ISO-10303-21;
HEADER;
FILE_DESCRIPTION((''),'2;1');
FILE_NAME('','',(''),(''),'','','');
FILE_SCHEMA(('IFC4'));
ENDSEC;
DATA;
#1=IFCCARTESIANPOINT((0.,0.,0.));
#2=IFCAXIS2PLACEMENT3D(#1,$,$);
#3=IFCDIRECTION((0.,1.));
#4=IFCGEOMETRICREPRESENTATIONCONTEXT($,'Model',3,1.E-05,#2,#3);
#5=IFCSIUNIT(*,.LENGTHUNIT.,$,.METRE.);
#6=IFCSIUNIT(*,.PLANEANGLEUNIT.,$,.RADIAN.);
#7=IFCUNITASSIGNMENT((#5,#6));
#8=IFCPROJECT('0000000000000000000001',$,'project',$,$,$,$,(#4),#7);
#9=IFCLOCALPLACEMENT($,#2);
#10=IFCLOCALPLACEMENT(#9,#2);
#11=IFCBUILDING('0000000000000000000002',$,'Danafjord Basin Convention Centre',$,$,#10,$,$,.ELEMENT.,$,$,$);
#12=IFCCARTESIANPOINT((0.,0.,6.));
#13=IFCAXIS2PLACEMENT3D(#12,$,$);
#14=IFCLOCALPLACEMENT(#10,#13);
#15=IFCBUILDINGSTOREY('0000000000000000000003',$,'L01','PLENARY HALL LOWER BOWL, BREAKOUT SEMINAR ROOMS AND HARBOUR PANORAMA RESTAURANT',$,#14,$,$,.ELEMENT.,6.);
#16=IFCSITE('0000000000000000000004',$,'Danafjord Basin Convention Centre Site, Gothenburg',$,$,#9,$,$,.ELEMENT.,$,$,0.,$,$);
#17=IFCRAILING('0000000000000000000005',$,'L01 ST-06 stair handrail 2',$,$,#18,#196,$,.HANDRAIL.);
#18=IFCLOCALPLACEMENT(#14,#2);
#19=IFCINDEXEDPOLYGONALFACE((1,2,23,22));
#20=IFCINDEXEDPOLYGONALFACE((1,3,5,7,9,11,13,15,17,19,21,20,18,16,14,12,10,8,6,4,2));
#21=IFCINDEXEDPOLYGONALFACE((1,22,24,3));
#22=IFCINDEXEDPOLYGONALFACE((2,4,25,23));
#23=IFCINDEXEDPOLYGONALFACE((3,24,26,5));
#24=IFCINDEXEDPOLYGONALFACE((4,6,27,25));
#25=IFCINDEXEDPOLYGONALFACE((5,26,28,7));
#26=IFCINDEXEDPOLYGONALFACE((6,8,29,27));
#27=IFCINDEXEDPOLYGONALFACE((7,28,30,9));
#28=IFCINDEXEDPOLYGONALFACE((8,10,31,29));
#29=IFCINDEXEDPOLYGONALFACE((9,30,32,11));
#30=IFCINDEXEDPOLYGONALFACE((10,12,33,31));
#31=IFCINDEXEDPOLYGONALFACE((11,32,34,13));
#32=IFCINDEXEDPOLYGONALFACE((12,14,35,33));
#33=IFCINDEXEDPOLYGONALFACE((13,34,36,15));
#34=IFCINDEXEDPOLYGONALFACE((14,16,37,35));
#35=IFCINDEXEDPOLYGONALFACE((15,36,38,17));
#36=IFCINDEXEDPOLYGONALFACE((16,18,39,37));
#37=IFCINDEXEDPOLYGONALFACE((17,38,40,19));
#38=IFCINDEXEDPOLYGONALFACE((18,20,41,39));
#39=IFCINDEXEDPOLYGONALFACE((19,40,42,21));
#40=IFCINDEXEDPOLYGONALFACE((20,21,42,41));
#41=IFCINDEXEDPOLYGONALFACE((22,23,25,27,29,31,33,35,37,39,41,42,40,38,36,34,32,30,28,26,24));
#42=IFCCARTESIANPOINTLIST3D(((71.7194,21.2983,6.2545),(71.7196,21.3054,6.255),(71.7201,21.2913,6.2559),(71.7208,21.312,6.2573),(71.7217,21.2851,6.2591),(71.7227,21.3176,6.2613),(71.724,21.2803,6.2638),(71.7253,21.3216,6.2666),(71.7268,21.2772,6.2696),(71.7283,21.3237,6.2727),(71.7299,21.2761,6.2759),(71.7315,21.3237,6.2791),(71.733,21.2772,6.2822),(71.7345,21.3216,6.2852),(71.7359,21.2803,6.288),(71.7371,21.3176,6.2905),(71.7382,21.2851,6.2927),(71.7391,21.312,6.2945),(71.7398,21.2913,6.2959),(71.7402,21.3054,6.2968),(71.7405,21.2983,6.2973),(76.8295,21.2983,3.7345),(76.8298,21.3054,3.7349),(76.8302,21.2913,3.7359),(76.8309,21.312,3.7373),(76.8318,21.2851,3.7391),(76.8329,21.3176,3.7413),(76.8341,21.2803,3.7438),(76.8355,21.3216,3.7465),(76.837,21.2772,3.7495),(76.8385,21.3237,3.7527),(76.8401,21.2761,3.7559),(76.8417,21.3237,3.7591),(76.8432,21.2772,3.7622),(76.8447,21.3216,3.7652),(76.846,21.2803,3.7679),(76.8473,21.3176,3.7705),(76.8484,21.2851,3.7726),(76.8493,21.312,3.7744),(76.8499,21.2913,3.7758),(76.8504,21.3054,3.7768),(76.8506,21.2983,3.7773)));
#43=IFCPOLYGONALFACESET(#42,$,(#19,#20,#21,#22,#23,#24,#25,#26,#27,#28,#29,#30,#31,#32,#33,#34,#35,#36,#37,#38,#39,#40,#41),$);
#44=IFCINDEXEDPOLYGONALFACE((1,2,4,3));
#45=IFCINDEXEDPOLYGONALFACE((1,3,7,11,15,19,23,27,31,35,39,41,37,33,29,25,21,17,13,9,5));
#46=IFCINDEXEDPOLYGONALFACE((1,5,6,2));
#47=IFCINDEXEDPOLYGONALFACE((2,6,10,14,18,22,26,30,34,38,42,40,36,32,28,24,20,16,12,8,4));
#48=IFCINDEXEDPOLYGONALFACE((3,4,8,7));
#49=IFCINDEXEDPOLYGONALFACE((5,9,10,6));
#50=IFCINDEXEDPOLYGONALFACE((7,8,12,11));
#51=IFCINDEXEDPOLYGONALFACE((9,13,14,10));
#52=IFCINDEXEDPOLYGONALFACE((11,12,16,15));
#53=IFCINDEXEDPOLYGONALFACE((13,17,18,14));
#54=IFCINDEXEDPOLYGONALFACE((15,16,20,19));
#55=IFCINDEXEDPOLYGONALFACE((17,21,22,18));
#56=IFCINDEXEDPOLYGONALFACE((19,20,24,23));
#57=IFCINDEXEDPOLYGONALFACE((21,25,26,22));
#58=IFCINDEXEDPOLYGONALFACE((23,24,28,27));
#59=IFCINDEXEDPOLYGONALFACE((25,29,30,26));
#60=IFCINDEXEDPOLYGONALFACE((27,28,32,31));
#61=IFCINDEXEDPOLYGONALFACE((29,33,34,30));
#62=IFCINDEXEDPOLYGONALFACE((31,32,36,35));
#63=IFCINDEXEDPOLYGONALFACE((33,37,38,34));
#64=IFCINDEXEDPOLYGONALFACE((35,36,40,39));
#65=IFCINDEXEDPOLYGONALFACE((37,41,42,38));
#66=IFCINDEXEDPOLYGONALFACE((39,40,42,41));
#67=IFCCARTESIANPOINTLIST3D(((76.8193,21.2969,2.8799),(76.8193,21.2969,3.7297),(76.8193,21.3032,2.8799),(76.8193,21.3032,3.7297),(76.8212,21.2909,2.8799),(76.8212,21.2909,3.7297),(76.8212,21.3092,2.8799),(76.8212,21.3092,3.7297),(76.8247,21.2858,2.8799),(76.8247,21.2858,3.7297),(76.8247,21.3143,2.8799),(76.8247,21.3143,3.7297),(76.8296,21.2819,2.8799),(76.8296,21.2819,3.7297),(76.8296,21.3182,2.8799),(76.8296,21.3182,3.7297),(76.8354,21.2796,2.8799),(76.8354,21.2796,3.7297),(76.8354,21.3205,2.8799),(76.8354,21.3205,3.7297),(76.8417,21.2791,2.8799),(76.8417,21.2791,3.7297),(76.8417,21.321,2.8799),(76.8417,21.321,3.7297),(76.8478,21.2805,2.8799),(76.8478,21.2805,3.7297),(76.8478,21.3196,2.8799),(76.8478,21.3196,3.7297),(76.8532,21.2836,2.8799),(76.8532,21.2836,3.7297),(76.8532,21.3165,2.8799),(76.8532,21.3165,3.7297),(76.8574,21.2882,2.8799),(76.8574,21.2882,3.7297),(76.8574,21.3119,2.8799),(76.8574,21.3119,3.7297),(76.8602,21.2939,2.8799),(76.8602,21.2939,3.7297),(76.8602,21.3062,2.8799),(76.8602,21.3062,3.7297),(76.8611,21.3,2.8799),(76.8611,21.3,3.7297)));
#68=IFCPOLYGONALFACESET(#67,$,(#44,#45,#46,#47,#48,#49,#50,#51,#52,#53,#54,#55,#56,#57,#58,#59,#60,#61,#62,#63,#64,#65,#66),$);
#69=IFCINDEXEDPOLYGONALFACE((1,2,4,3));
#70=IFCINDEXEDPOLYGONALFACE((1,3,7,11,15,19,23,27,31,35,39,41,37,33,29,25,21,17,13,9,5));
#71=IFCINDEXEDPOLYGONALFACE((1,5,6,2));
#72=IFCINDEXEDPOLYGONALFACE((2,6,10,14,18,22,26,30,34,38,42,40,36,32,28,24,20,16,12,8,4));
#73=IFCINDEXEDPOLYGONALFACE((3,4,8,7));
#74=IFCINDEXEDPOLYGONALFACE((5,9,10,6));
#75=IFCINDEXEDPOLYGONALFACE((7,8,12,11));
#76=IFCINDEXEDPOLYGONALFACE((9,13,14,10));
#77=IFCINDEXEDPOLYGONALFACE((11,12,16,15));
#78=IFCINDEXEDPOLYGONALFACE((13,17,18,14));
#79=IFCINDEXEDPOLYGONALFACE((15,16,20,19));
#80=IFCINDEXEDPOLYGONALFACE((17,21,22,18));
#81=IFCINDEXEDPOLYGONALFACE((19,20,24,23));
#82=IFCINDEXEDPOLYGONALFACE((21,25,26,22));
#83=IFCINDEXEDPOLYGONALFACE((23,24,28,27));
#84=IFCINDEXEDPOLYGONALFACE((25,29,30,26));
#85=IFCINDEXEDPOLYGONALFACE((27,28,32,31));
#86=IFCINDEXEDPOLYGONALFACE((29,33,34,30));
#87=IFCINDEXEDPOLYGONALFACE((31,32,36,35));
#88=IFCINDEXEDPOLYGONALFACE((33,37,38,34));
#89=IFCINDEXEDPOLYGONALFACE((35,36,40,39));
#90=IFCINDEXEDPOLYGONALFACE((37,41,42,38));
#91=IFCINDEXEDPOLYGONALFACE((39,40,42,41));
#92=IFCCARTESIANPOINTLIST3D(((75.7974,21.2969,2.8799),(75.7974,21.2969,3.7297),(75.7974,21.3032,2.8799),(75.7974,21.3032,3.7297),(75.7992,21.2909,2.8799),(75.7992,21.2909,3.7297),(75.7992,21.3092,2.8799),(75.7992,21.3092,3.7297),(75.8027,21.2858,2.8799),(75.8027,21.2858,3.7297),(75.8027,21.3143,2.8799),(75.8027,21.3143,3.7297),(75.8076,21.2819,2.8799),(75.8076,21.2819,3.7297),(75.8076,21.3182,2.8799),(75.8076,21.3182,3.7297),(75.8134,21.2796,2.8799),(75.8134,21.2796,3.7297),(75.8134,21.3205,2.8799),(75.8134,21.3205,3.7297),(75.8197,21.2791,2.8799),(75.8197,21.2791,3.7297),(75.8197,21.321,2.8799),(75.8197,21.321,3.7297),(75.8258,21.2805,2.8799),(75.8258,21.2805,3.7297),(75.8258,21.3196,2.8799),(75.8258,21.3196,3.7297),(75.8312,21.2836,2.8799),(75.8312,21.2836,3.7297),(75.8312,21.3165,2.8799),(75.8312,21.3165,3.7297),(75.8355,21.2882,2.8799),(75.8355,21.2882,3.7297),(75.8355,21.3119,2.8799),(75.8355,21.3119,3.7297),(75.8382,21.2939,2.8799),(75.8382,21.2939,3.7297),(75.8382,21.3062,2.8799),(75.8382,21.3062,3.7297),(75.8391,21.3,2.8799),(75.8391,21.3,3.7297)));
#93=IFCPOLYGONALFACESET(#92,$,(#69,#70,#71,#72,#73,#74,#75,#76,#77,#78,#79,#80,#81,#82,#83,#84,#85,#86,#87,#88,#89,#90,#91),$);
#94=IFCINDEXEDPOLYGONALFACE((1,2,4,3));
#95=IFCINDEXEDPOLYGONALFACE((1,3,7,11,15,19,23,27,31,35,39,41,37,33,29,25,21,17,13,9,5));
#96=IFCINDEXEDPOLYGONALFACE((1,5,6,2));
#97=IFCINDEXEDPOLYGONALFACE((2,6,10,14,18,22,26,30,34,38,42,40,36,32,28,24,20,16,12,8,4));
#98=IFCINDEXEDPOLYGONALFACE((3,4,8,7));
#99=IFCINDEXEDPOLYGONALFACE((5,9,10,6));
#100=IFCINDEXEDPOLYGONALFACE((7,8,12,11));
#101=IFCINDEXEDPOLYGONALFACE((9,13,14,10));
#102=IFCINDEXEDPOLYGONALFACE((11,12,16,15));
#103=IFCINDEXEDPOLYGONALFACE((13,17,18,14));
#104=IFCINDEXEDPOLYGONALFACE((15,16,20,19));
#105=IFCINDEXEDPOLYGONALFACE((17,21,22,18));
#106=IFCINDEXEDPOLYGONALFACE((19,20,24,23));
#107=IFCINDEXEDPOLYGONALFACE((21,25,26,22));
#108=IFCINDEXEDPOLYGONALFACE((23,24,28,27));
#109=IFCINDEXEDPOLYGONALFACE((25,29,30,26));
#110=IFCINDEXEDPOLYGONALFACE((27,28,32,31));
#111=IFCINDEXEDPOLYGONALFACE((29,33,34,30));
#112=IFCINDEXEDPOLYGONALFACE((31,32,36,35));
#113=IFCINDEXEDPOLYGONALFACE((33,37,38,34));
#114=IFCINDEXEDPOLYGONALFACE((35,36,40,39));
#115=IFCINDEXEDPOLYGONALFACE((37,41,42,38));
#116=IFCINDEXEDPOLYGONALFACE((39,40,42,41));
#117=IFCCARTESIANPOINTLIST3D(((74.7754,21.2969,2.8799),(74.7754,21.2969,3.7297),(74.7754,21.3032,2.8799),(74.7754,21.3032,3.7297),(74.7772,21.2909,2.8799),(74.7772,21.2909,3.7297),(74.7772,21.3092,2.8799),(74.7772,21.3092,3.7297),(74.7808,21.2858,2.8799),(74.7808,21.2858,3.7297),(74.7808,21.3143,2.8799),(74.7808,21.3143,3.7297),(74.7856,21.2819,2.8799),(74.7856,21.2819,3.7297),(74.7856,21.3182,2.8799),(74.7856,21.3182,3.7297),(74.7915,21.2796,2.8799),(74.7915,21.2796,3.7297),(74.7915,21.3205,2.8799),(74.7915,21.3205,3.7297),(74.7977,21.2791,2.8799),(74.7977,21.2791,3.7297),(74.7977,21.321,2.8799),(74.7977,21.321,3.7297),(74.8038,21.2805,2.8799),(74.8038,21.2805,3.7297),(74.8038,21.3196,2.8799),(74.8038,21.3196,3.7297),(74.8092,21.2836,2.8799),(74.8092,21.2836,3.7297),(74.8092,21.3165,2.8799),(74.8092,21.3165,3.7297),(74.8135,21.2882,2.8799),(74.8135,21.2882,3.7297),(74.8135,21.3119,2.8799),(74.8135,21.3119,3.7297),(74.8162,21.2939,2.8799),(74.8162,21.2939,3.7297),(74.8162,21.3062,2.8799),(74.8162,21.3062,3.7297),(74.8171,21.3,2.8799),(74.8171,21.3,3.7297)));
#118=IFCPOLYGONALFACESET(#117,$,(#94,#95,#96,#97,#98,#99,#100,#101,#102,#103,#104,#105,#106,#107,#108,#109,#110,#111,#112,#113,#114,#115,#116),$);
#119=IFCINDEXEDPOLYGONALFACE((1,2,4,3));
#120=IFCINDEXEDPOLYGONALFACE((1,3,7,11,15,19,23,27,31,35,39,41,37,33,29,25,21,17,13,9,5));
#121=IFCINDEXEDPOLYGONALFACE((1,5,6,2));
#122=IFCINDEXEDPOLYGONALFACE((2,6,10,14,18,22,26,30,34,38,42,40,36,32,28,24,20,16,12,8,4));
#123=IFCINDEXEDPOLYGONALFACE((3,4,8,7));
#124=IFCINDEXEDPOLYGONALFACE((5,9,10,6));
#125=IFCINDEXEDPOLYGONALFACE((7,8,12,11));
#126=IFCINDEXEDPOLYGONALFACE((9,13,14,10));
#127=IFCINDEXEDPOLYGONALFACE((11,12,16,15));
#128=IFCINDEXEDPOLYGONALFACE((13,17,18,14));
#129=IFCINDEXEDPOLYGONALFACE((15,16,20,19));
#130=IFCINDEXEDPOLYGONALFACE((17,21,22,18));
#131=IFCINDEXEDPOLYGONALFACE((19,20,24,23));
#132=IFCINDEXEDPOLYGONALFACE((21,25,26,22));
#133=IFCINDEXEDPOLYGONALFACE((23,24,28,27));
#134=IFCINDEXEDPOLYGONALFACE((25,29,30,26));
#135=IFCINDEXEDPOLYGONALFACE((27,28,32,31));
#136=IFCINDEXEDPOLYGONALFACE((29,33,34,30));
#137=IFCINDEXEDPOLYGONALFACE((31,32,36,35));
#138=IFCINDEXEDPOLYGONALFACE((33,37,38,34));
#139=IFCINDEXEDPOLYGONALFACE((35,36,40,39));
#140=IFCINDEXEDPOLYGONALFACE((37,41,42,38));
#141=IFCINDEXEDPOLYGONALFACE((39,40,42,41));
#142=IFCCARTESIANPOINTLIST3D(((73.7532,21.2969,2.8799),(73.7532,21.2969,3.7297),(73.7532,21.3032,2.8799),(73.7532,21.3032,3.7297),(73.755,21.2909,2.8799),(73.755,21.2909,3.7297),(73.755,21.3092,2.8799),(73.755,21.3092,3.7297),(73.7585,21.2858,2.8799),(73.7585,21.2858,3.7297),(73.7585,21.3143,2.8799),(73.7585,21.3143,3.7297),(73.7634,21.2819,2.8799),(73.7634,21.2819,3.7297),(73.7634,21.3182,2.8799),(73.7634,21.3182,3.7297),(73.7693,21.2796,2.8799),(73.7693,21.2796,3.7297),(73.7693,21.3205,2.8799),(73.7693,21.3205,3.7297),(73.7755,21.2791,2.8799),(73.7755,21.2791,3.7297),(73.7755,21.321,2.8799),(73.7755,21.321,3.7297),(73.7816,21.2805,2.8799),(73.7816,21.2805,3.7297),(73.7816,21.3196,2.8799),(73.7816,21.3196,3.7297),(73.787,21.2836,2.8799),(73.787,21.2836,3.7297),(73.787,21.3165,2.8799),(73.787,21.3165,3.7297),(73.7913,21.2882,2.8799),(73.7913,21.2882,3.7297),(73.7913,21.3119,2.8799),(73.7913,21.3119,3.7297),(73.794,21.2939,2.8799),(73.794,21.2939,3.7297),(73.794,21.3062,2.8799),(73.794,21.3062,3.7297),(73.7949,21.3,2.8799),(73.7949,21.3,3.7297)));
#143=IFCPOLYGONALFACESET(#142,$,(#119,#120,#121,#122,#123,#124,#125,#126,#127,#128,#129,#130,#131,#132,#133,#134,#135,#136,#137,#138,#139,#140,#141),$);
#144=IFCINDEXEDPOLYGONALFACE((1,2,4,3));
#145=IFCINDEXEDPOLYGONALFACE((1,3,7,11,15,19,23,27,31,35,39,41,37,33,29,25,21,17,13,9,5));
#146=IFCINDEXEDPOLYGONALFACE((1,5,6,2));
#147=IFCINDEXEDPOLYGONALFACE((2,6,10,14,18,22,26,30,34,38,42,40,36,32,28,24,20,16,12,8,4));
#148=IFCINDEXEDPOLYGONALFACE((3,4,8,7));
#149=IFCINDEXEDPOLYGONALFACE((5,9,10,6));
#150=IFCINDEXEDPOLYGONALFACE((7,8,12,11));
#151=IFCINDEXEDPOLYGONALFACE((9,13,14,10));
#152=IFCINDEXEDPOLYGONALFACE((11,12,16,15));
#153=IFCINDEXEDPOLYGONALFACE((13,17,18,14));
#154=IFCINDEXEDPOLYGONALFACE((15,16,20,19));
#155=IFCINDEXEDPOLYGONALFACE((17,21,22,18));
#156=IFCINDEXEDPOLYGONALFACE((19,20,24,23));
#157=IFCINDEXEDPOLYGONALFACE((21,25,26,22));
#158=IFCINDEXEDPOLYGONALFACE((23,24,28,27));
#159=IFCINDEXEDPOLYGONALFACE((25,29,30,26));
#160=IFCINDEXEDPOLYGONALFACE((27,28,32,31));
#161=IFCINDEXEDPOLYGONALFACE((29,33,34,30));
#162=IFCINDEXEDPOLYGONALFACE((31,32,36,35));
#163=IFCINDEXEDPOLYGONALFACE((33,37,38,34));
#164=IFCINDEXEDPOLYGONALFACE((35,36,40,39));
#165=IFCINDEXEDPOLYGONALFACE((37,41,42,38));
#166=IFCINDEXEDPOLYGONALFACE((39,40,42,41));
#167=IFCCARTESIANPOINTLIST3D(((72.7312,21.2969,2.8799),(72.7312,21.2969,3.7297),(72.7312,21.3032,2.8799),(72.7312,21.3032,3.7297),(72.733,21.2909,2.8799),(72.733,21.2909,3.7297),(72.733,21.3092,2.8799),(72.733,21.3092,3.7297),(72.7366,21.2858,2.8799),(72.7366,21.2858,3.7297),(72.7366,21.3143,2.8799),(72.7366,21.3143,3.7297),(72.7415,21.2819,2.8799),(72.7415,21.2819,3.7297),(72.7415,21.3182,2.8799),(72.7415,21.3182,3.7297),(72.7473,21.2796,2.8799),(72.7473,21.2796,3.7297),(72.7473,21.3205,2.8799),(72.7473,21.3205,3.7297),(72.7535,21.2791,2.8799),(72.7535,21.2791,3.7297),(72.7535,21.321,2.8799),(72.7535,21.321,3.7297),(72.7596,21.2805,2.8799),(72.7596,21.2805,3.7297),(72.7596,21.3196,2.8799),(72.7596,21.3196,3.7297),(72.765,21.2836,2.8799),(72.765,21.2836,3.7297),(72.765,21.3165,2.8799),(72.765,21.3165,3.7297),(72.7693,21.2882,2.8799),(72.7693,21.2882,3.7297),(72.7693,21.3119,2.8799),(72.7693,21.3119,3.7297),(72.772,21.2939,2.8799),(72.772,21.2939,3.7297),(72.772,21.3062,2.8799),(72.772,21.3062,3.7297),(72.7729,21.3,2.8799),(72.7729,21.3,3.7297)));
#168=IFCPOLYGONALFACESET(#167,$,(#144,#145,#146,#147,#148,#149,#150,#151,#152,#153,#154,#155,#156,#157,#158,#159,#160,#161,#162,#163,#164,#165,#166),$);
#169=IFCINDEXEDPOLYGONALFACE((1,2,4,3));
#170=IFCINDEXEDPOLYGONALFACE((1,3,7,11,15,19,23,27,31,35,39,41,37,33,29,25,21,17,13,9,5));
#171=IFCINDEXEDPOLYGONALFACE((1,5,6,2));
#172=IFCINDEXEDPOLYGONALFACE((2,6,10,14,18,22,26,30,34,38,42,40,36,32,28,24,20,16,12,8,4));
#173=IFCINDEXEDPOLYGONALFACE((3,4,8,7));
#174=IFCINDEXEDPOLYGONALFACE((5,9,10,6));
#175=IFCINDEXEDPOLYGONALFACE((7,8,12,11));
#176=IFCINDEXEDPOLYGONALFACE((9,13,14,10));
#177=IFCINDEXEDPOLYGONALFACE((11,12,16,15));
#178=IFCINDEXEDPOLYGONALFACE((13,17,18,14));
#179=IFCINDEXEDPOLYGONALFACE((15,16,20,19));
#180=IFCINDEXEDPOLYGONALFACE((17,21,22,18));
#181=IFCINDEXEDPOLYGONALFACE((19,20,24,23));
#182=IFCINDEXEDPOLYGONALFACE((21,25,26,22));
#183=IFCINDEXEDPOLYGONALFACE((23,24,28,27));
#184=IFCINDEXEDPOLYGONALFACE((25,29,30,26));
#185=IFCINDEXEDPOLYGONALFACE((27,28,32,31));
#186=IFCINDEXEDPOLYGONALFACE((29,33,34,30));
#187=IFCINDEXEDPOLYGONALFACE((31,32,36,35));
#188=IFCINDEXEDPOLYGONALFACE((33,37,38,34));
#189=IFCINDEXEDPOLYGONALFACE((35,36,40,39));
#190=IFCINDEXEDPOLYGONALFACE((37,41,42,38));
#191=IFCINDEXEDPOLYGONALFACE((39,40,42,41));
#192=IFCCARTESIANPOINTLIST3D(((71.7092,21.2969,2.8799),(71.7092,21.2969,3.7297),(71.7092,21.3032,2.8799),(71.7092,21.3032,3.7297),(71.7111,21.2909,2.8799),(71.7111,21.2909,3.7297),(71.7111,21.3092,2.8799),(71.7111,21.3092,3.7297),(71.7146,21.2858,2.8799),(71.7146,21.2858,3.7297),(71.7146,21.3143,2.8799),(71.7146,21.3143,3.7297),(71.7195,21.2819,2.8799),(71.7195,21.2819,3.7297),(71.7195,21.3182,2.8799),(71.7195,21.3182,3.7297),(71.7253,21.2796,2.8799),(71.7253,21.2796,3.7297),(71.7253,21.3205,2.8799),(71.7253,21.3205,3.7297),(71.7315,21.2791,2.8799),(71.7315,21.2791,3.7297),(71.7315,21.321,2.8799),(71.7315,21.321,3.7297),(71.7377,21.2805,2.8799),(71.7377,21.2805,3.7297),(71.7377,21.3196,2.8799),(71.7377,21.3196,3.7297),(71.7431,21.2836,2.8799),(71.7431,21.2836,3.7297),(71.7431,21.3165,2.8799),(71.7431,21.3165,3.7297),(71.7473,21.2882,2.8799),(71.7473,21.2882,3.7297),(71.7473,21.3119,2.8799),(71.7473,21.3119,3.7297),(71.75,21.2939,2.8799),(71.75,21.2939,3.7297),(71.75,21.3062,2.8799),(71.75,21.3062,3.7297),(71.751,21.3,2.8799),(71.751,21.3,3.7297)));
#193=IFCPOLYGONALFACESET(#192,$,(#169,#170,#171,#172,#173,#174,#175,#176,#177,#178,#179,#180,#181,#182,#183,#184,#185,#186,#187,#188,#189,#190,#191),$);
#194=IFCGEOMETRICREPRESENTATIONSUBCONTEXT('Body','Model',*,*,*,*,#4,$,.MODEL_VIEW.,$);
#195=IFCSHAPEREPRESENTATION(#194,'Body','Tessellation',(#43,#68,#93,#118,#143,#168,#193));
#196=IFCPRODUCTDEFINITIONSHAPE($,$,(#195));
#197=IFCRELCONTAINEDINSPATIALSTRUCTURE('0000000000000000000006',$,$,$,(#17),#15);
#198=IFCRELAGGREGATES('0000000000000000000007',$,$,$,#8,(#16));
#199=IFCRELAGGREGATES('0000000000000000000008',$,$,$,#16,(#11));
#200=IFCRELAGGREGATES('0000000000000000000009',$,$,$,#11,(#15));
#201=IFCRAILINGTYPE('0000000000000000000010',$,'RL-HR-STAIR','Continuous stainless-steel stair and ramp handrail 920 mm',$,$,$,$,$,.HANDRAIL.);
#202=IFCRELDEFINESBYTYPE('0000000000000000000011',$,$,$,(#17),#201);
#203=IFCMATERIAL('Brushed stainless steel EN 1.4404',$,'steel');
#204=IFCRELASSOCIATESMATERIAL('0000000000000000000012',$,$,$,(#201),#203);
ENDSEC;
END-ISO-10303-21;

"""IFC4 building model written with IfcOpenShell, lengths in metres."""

from ifc_helpers import new_model, si_unit, direction, frame, origin, origin_2d, place, context, subcontext, project, spatial, circle, extrude, material, type_object, element, save


model = new_model("IFC4")

# Units and contexts
model_context = context("Model", 3, precision=1e-05, world=origin(), true_north=direction((0.0, 1.0)))
body_context = subcontext(model_context, "Body", "Model", "MODEL_VIEW")
ifc_project = project(units=[si_unit("LENGTHUNIT", "METRE"), si_unit("PLANEANGLEUNIT", "RADIAN")], contexts=[model_context])

# Site, building, storey
site_placement = place(None, origin())
site = spatial("IfcSite", under=ifc_project, at=site_placement, Name="Danafjord Basin Convention Centre Site, Gothenburg", CompositionType="ELEMENT", RefElevation=0.0)
building_placement = place(site_placement, origin())
building = spatial("IfcBuilding", under=site, at=building_placement, Name="Danafjord Basin Convention Centre", CompositionType="ELEMENT")
storey_placement = place(building_placement, frame((0.0, 0.0, 6.0)))
storey = spatial("IfcBuildingStorey", under=building, at=storey_placement, Name="L01", Description="PLENARY HALL LOWER BOWL, BREAKOUT SEMINAR ROOMS AND HARBOUR PANORAMA RESTAURANT", CompositionType="ELEMENT", Elevation=6.0)

# Railing
ifc_material_1 = material(Name="Brushed stainless steel EN 1.4404", Category="steel")
railing_type_1 = type_object("IfcRailingType", Name="RL-HR-STAIR", Description="Continuous stainless-steel stair and ramp handrail 920 mm", PredefinedType="HANDRAIL", material=ifc_material_1)
railing_1_placement = place(storey_placement, frame((76.8401, 21.3, 2.8799)))
element("IfcRailing", 1, at=railing_1_placement, inside=storey, type_object=railing_type_1, Name="L01 ST-06 stair handrail 2", PredefinedType="HANDRAIL", context=body_context, shape_type="SweptSolid", body=[
    extrude(circle(Radius=0.0239, at=origin_2d()), frame((0.0, 0.0, 0.876), z_axis=(-0.896873, 0.0, 0.442288), x_axis=(0.0, -1.0, 0.0)), (0.0, 0.0, 1.0), 5.6978),
    extrude(circle(Radius=0.021, at=origin_2d()), origin(), (0.0, 0.0, 1.0), 0.8499),
    extrude(circle(Radius=0.021, at=origin_2d()), frame((-1.022, 0.0, 0.0)), (0.0, 0.0, 1.0), 0.8499),
    extrude(circle(Radius=0.021, at=origin_2d()), frame((-2.0439, 0.0, 0.0)), (0.0, 0.0, 1.0), 0.8499),
    extrude(circle(Radius=0.021, at=origin_2d()), frame((-3.0662, 0.0, 0.0)), (0.0, 0.0, 1.0), 0.8499),
    extrude(circle(Radius=0.021, at=origin_2d()), frame((-4.0881, 0.0, 0.0)), (0.0, 0.0, 1.0), 0.8499),
    extrude(circle(Radius=0.021, at=origin_2d()), frame((-5.1101, 0.0, 0.0)), (0.0, 0.0, 1.0), 0.8499),
])

save(model, "model.ifc")
